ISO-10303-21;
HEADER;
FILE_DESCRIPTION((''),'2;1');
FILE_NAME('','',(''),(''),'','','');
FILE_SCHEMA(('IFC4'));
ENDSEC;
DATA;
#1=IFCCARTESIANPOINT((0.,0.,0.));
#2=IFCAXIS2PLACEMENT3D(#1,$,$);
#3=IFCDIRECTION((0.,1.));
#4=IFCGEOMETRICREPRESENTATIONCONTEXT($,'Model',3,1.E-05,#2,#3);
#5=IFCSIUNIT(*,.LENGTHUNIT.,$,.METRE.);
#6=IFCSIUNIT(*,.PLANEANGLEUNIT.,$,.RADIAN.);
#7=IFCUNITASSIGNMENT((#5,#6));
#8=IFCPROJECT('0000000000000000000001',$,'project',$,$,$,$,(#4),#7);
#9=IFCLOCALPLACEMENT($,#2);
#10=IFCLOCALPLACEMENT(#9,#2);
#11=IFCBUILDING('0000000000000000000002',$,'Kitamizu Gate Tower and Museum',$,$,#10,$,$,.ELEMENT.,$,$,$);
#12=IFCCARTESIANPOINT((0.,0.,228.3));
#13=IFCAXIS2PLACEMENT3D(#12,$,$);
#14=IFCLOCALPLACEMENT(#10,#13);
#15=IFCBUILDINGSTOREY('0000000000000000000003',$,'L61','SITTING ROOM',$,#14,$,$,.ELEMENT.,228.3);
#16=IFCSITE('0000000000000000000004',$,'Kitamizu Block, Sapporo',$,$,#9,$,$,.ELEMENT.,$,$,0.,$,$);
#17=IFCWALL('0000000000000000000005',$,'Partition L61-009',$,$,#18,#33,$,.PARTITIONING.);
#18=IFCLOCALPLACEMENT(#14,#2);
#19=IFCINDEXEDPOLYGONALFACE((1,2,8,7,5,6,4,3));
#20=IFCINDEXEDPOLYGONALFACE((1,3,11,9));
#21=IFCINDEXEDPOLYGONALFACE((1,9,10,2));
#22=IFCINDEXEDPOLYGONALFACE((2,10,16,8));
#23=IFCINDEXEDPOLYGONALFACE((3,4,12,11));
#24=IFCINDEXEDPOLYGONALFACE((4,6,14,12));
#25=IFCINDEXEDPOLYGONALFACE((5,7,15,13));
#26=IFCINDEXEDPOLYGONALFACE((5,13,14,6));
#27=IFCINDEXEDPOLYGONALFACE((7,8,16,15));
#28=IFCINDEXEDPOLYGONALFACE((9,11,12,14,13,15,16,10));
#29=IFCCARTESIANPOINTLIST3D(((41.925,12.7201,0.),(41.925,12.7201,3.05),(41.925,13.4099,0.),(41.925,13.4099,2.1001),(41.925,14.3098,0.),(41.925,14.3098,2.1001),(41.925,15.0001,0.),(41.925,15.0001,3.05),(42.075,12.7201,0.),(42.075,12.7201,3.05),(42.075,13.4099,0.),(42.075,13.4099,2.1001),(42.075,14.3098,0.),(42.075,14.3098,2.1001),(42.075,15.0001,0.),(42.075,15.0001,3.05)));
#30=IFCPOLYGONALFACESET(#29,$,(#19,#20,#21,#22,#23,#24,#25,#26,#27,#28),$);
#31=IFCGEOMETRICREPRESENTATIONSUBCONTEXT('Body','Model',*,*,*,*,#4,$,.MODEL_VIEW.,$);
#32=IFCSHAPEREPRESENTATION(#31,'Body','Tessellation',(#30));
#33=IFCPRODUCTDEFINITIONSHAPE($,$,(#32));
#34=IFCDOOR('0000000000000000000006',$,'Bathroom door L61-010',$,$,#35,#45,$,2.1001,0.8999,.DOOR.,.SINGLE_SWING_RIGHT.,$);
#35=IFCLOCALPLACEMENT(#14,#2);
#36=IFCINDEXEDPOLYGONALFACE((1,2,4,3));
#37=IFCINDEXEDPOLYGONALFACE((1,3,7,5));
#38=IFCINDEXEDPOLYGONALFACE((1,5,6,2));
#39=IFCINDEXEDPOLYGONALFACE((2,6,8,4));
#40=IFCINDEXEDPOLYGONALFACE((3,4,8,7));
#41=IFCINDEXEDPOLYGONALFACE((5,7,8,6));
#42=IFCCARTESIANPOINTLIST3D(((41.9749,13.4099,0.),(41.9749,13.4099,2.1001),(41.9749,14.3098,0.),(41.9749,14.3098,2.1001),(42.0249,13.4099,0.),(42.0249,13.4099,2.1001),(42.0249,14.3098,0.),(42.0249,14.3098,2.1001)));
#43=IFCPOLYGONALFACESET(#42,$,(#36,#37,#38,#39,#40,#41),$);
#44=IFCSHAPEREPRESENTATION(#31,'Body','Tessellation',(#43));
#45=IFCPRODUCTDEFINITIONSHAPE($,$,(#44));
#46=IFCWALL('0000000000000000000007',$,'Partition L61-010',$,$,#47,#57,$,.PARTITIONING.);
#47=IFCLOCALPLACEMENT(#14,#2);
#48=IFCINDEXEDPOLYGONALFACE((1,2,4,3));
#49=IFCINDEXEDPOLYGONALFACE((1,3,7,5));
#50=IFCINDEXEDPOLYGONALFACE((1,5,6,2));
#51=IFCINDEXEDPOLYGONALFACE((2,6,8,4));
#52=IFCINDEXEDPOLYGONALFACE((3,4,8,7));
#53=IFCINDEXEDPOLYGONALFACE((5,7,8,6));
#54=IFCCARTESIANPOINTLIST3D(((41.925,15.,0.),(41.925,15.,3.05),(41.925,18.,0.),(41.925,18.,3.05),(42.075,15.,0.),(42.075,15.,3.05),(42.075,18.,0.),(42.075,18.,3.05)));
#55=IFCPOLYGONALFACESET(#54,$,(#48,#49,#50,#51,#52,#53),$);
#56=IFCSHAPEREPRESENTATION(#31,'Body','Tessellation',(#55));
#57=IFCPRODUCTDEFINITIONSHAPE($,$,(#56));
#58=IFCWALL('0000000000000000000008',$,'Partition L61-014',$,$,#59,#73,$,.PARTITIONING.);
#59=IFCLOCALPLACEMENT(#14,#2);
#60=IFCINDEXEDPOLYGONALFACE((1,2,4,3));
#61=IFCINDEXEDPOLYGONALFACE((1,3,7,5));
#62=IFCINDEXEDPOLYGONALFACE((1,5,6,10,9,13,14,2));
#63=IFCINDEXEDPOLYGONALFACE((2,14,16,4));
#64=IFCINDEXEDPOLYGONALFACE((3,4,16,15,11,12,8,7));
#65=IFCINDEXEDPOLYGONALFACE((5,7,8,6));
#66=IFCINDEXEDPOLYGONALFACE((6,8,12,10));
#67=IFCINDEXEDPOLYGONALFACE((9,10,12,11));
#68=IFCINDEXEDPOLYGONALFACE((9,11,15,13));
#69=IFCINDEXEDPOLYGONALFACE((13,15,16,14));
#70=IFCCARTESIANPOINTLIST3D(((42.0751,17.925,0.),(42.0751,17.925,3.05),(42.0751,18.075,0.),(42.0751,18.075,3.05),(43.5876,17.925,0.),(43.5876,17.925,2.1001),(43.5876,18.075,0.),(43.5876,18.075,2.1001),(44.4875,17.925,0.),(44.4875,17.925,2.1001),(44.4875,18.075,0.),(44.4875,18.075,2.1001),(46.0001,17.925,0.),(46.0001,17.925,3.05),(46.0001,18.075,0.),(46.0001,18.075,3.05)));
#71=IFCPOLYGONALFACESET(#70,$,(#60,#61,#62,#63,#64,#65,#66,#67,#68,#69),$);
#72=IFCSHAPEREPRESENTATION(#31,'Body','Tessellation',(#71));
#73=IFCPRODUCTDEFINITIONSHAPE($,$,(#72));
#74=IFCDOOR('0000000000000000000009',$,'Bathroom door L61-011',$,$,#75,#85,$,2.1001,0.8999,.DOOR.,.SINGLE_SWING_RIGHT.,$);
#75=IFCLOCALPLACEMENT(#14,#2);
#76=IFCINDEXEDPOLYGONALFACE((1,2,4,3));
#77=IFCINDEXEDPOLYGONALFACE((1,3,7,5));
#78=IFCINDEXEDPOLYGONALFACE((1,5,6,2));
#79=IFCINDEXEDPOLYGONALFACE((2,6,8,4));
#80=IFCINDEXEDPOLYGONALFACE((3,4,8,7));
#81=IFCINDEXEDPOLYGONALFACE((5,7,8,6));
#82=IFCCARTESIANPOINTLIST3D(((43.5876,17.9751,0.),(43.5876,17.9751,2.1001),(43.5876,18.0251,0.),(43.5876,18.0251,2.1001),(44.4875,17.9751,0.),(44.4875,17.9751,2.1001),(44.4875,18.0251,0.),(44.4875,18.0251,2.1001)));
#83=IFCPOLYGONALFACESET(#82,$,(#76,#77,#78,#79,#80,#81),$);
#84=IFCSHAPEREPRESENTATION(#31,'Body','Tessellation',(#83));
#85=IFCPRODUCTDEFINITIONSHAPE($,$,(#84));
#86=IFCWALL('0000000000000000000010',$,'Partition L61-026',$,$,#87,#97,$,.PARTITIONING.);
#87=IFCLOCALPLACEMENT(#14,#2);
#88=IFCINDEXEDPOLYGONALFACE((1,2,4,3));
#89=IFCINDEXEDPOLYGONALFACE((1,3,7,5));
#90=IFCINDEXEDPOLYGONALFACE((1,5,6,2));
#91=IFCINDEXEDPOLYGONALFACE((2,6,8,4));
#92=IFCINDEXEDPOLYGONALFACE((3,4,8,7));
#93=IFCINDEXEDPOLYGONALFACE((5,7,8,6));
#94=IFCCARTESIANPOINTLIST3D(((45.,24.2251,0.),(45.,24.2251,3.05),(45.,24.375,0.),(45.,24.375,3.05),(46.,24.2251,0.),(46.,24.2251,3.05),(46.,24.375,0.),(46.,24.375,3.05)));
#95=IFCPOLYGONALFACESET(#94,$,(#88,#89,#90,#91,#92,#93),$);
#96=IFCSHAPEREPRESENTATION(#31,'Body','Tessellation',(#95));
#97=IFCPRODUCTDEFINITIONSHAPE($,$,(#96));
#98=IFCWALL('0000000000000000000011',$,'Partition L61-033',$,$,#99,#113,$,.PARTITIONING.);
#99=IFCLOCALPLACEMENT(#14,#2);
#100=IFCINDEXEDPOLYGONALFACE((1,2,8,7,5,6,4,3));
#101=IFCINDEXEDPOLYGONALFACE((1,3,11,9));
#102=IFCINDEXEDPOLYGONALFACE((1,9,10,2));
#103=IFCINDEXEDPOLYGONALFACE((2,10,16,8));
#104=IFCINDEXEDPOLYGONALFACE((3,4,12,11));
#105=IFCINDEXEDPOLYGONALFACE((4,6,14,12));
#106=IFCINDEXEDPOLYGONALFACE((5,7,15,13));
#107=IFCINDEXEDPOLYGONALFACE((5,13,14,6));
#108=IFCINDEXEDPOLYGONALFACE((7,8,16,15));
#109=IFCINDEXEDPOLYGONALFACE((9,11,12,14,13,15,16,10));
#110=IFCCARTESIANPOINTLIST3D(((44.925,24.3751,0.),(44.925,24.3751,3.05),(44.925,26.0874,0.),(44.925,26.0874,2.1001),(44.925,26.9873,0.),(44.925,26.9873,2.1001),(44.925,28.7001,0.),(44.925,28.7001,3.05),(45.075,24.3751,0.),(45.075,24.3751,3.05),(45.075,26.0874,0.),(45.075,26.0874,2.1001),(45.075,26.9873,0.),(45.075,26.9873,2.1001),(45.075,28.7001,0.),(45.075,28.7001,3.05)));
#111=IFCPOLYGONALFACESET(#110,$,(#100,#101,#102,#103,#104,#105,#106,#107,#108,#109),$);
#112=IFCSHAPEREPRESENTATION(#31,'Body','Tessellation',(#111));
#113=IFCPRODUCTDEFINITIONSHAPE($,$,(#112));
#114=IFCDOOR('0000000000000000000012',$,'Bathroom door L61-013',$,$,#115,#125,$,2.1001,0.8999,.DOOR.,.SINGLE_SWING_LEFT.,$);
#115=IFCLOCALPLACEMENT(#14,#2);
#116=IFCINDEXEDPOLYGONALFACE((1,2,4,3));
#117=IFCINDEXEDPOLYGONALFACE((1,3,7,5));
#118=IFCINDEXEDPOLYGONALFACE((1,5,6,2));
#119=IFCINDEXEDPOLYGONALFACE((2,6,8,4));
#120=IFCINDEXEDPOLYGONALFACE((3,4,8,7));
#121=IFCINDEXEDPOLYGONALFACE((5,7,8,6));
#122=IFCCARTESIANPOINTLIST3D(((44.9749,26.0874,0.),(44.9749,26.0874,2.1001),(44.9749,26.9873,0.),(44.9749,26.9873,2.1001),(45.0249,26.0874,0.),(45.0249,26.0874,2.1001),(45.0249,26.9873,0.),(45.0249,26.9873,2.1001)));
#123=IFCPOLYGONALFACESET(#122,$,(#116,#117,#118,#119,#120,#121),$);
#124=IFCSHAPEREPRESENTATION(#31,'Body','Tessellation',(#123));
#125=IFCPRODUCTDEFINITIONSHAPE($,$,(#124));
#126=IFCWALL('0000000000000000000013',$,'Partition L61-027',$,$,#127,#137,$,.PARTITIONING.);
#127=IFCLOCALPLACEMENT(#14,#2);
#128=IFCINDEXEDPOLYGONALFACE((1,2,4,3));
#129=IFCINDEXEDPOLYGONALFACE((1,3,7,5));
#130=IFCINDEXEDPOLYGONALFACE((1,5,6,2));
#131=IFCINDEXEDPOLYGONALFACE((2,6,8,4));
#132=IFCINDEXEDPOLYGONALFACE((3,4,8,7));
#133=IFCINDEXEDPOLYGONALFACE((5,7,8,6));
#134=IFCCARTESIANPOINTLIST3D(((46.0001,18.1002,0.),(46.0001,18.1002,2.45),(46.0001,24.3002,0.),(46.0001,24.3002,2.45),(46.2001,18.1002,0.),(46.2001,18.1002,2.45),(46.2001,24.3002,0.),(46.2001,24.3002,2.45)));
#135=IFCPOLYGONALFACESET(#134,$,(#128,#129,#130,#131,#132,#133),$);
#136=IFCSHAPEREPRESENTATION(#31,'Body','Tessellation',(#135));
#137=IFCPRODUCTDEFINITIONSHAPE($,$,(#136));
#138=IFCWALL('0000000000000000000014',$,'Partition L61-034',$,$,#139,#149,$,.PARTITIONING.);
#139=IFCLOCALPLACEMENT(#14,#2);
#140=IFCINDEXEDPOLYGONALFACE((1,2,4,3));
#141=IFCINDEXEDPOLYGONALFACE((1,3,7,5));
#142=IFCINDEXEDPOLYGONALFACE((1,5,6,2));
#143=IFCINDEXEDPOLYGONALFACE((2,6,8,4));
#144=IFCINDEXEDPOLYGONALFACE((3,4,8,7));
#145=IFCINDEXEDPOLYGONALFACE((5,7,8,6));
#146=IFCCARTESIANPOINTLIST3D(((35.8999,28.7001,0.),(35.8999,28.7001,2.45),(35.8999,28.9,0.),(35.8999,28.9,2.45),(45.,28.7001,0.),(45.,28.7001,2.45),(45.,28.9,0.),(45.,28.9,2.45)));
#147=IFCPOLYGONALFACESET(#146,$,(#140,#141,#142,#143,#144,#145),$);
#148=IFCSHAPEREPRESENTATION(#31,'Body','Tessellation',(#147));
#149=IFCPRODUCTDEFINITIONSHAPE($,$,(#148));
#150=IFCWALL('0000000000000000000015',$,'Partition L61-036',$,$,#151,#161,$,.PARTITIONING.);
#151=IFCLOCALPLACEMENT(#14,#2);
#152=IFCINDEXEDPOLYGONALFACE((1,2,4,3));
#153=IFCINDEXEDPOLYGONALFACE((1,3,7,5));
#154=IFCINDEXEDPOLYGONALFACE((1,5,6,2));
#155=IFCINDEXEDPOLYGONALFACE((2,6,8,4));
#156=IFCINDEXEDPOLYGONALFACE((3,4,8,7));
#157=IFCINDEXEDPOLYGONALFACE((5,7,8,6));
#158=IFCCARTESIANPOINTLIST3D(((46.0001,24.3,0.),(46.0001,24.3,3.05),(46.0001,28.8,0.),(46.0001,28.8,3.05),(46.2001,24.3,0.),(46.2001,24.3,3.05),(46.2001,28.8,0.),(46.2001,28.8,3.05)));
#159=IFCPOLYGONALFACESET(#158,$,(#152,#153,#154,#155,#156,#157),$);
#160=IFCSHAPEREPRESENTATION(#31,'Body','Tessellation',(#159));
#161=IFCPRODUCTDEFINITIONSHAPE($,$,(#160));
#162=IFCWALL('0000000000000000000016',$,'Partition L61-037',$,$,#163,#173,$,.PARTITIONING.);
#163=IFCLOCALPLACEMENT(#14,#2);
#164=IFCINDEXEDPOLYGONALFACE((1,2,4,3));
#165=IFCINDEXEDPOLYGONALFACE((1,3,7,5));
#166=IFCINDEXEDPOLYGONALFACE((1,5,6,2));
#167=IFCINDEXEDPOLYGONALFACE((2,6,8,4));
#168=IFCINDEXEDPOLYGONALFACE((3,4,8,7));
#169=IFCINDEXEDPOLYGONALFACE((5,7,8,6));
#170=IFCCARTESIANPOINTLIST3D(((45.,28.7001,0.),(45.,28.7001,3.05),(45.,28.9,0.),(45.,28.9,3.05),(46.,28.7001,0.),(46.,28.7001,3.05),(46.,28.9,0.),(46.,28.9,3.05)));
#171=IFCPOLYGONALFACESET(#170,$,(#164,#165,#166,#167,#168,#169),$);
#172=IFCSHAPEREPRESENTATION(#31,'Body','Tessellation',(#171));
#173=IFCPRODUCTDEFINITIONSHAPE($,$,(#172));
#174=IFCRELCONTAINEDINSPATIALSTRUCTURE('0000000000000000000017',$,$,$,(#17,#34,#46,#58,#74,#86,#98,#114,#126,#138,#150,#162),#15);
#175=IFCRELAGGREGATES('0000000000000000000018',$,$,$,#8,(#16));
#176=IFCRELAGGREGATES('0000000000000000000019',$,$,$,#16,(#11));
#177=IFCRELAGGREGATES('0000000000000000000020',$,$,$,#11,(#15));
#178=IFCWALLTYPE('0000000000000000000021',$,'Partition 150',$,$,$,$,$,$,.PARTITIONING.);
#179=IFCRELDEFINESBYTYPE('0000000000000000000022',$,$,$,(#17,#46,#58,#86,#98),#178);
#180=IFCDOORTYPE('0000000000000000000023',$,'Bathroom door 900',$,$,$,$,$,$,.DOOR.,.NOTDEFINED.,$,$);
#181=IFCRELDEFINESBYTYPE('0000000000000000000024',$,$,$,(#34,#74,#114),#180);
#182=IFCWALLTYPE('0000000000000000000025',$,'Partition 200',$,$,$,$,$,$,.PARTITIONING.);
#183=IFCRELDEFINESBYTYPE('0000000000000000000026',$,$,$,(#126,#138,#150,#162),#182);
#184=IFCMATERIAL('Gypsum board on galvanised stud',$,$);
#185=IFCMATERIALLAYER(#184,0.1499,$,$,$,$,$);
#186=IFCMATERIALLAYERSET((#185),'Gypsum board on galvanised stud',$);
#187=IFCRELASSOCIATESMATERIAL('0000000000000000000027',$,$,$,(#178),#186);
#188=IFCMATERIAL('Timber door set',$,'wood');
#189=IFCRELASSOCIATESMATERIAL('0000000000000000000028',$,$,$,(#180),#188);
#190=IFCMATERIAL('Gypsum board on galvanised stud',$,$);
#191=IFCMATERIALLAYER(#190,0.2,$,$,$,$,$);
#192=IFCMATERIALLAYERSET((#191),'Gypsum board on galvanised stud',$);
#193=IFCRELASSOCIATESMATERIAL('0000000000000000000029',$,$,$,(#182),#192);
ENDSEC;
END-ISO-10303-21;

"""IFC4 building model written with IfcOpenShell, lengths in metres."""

from ifc_helpers import new_model, si_unit, direction, frame, frame_2d, origin, place, context, subcontext, project, spatial, rectangle, extrude, material, layer, layer_set, type_object, element, fill, save


model = new_model("IFC4")

# Units and contexts
model_context = context("Model", 3, precision=1e-05, world=origin(), true_north=direction((0.0, 1.0)))
body_context = subcontext(model_context, "Body", "Model", "MODEL_VIEW")
ifc_project = project(units=[si_unit("LENGTHUNIT", "METRE"), si_unit("PLANEANGLEUNIT", "RADIAN")], contexts=[model_context])

# Site, building, storey
site_placement = place(None, origin())
site = spatial("IfcSite", under=ifc_project, at=site_placement, Name="Kitamizu Block, Sapporo", CompositionType="ELEMENT", RefElevation=0.0)
building_placement = place(site_placement, origin())
building = spatial("IfcBuilding", under=site, at=building_placement, Name="Kitamizu Gate Tower and Museum", CompositionType="ELEMENT")
storey_placement = place(building_placement, frame((0.0, 0.0, 228.3)))
storey = spatial("IfcBuildingStorey", under=building, at=storey_placement, Name="L61", Description="SITTING ROOM", CompositionType="ELEMENT", Elevation=228.3)

# Wall, opening, door
ifc_material_1 = material(Name="Gypsum board on galvanised stud")
ifc_layer_1 = layer(ifc_material_1, 0.1499)
ifc_layer_set_1 = layer_set([ifc_layer_1], Name="Gypsum board on galvanised stud")
wall_type_1 = type_object("IfcWallType", Name="Partition 150", PredefinedType="PARTITIONING", material=ifc_layer_set_1)
wall_1_placement = place(storey_placement, frame((42.0, 12.72, 0.0), z_axis=(0.0, 0.0, 1.0), x_axis=(0.0, 1.0, 0.0)))
wall_1 = element("IfcWall", 1, at=wall_1_placement, inside=storey, type_object=wall_type_1, Name="Partition L61-009", PredefinedType="PARTITIONING", context=body_context, shape_type="SweptSolid", body=[
    extrude(rectangle(XDim=2.28, YDim=0.1499, at=frame_2d((1.1401, 0.0))), origin(), (0.0, 0.0, 1.0), 3.05),
])
opening_1_placement = place(wall_1_placement, frame((0.6899, 0.0, 0.0)))
opening_1 = element("IfcOpeningElement", 2, at=opening_1_placement, cuts=wall_1, PredefinedType="OPENING", context=body_context, shape_type="SweptSolid", body=[
    extrude(rectangle(XDim=0.8999, YDim=2.1001, at=frame_2d((0.45, 1.05))), frame((0.0, 0.085, 0.0), z_axis=(0.0, -1.0, 0.0), x_axis=(1.0, 0.0, 0.0)), (0.0, 0.0, 1.0), 0.1699),
])
ifc_material_2 = material(Name="Timber door set", Category="wood")
door_type_1 = type_object("IfcDoorType", Name="Bathroom door 900", OperationType="NOTDEFINED", PredefinedType="DOOR", material=ifc_material_2)
door_1_placement = place(opening_1_placement, frame((0.8999, 0.0, 0.0), x_axis=(-1.0, 0.0, 0.0)))
door_1 = element("IfcDoor", 3, at=door_1_placement, inside=storey, type_object=door_type_1, Name="Bathroom door L61-010", OperationType="SINGLE_SWING_RIGHT", OverallHeight=2.1001, OverallWidth=0.8999, PredefinedType="DOOR", context=body_context, shape_type="SweptSolid", body=[
    extrude(rectangle(XDim=0.8999, YDim=2.1001, at=frame_2d((0.45, 1.05))), frame((0.0, 0.0249, 0.0), z_axis=(0.0, -1.0, 0.0), x_axis=(1.0, 0.0, 0.0)), (0.0, 0.0, 1.0), 0.05),
])
fill(opening_1, door_1)

# Wall
wall_2_placement = place(storey_placement, frame((42.0, 15.0, 0.0), z_axis=(0.0, 0.0, 1.0), x_axis=(0.0, 1.0, 0.0)))
element("IfcWall", 4, at=wall_2_placement, inside=storey, type_object=wall_type_1, Name="Partition L61-010", PredefinedType="PARTITIONING", context=body_context, shape_type="SweptSolid", body=[
    extrude(rectangle(XDim=3.0, YDim=0.1499, at=frame_2d((1.5, 0.0))), origin(), (0.0, 0.0, 1.0), 3.05),
])

# Wall, opening, door
wall_3_placement = place(storey_placement, frame((46.0, 18.0, 0.0), z_axis=(0.0, 0.0, 1.0), x_axis=(-1.0, 0.0, 0.0)))
wall_3 = element("IfcWall", 5, at=wall_3_placement, inside=storey, type_object=wall_type_1, Name="Partition L61-014", PredefinedType="PARTITIONING", context=body_context, shape_type="SweptSolid", body=[
    extrude(rectangle(XDim=3.925, YDim=0.1499, at=frame_2d((1.9624, 0.0))), origin(), (0.0, 0.0, 1.0), 3.05),
])
opening_2_placement = place(wall_3_placement, frame((1.5125, 0.0, 0.0)))
opening_2 = element("IfcOpeningElement", 6, at=opening_2_placement, cuts=wall_3, PredefinedType="OPENING", context=body_context, shape_type="SweptSolid", body=[
    extrude(rectangle(XDim=0.8999, YDim=2.1001, at=frame_2d((0.45, 1.05))), frame((0.0, 0.085, 0.0), z_axis=(0.0, -1.0, 0.0), x_axis=(1.0, 0.0, 0.0)), (0.0, 0.0, 1.0), 0.1699),
])
door_2_placement = place(opening_2_placement, origin())
door_2 = element("IfcDoor", 7, at=door_2_placement, inside=storey, type_object=door_type_1, Name="Bathroom door L61-011", OperationType="SINGLE_SWING_RIGHT", OverallHeight=2.1001, OverallWidth=0.8999, PredefinedType="DOOR", context=body_context, shape_type="SweptSolid", body=[
    extrude(rectangle(XDim=0.8999, YDim=2.1001, at=frame_2d((0.45, 1.05))), frame((0.0, 0.0249, 0.0), z_axis=(0.0, -1.0, 0.0), x_axis=(1.0, 0.0, 0.0)), (0.0, 0.0, 1.0), 0.05),
])
fill(opening_2, door_2)

# Wall
wall_4_placement = place(storey_placement, frame((46.0, 24.3, 0.0), z_axis=(0.0, 0.0, 1.0), x_axis=(-1.0, 0.0, 0.0)))
element("IfcWall", 8, at=wall_4_placement, inside=storey, type_object=wall_type_1, Name="Partition L61-026", PredefinedType="PARTITIONING", context=body_context, shape_type="SweptSolid", body=[
    extrude(rectangle(XDim=1.0, YDim=0.1499, at=frame_2d((0.5, 0.0))), origin(), (0.0, 0.0, 1.0), 3.05),
])

# Wall, opening, door
wall_5_placement = place(storey_placement, frame((45.0, 24.375, 0.0), z_axis=(0.0, 0.0, 1.0), x_axis=(0.0, 1.0, 0.0)))
wall_5 = element("IfcWall", 9, at=wall_5_placement, inside=storey, type_object=wall_type_1, Name="Partition L61-033", PredefinedType="PARTITIONING", context=body_context, shape_type="SweptSolid", body=[
    extrude(rectangle(XDim=4.325, YDim=0.1499, at=frame_2d((2.1626, 0.0))), origin(), (0.0, 0.0, 1.0), 3.05),
])
opening_3_placement = place(wall_5_placement, frame((1.7124, 0.0, 0.0)))
opening_3 = element("IfcOpeningElement", 10, at=opening_3_placement, cuts=wall_5, PredefinedType="OPENING", context=body_context, shape_type="SweptSolid", body=[
    extrude(rectangle(XDim=0.8999, YDim=2.1001, at=frame_2d((0.45, 1.05))), frame((0.0, 0.085, 0.0), z_axis=(0.0, -1.0, 0.0), x_axis=(1.0, 0.0, 0.0)), (0.0, 0.0, 1.0), 0.1699),
])
door_3_placement = place(opening_3_placement, frame((0.8999, 0.0, 0.0), x_axis=(-1.0, 0.0, 0.0)))
door_3 = element("IfcDoor", 11, at=door_3_placement, inside=storey, type_object=door_type_1, Name="Bathroom door L61-013", OperationType="SINGLE_SWING_LEFT", OverallHeight=2.1001, OverallWidth=0.8999, PredefinedType="DOOR", context=body_context, shape_type="SweptSolid", body=[
    extrude(rectangle(XDim=0.8999, YDim=2.1001, at=frame_2d((0.45, 1.05))), frame((0.0, 0.0249, 0.0), z_axis=(0.0, -1.0, 0.0), x_axis=(1.0, 0.0, 0.0)), (0.0, 0.0, 1.0), 0.05),
])
fill(opening_3, door_3)

# Walls
ifc_material_3 = material(Name="Gypsum board on galvanised stud")
ifc_layer_2 = layer(ifc_material_3, 0.2)
ifc_layer_set_2 = layer_set([ifc_layer_2], Name="Gypsum board on galvanised stud")
wall_type_2 = type_object("IfcWallType", Name="Partition 200", PredefinedType="PARTITIONING", material=ifc_layer_set_2)
wall_6_placement = place(storey_placement, frame((46.1001, 18.1001, 0.0), z_axis=(0.0, 0.0, 1.0), x_axis=(0.0, 1.0, 0.0)))
element("IfcWall", 12, at=wall_6_placement, inside=storey, type_object=wall_type_2, Name="Partition L61-027", PredefinedType="PARTITIONING", context=body_context, shape_type="SweptSolid", body=[
    extrude(rectangle(XDim=6.2, YDim=0.2, at=frame_2d((3.1001, 0.0))), origin(), (0.0, 0.0, 1.0), 2.45),
])
wall_7_placement = place(storey_placement, frame((45.0, 28.8, 0.0), z_axis=(0.0, 0.0, 1.0), x_axis=(-1.0, 0.0, 0.0)))
element("IfcWall", 13, at=wall_7_placement, inside=storey, type_object=wall_type_2, Name="Partition L61-034", PredefinedType="PARTITIONING", context=body_context, shape_type="SweptSolid", body=[
    extrude(rectangle(XDim=9.1001, YDim=0.2, at=frame_2d((4.55, 0.0))), origin(), (0.0, 0.0, 1.0), 2.45),
])
wall_8_placement = place(storey_placement, frame((46.1001, 24.3, 0.0), z_axis=(0.0, 0.0, 1.0), x_axis=(0.0, 1.0, 0.0)))
element("IfcWall", 14, at=wall_8_placement, inside=storey, type_object=wall_type_2, Name="Partition L61-036", PredefinedType="PARTITIONING", context=body_context, shape_type="SweptSolid", body=[
    extrude(rectangle(XDim=4.5, YDim=0.2, at=frame_2d((2.25, 0.0))), origin(), (0.0, 0.0, 1.0), 3.05),
])
wall_9_placement = place(storey_placement, frame((46.0, 28.8, 0.0), z_axis=(0.0, 0.0, 1.0), x_axis=(-1.0, 0.0, 0.0)))
element("IfcWall", 15, at=wall_9_placement, inside=storey, type_object=wall_type_2, Name="Partition L61-037", PredefinedType="PARTITIONING", context=body_context, shape_type="SweptSolid", body=[
    extrude(rectangle(XDim=1.0, YDim=0.2, at=frame_2d((0.5, 0.0))), origin(), (0.0, 0.0, 1.0), 3.05),
])

save(model, "model.ifc")
